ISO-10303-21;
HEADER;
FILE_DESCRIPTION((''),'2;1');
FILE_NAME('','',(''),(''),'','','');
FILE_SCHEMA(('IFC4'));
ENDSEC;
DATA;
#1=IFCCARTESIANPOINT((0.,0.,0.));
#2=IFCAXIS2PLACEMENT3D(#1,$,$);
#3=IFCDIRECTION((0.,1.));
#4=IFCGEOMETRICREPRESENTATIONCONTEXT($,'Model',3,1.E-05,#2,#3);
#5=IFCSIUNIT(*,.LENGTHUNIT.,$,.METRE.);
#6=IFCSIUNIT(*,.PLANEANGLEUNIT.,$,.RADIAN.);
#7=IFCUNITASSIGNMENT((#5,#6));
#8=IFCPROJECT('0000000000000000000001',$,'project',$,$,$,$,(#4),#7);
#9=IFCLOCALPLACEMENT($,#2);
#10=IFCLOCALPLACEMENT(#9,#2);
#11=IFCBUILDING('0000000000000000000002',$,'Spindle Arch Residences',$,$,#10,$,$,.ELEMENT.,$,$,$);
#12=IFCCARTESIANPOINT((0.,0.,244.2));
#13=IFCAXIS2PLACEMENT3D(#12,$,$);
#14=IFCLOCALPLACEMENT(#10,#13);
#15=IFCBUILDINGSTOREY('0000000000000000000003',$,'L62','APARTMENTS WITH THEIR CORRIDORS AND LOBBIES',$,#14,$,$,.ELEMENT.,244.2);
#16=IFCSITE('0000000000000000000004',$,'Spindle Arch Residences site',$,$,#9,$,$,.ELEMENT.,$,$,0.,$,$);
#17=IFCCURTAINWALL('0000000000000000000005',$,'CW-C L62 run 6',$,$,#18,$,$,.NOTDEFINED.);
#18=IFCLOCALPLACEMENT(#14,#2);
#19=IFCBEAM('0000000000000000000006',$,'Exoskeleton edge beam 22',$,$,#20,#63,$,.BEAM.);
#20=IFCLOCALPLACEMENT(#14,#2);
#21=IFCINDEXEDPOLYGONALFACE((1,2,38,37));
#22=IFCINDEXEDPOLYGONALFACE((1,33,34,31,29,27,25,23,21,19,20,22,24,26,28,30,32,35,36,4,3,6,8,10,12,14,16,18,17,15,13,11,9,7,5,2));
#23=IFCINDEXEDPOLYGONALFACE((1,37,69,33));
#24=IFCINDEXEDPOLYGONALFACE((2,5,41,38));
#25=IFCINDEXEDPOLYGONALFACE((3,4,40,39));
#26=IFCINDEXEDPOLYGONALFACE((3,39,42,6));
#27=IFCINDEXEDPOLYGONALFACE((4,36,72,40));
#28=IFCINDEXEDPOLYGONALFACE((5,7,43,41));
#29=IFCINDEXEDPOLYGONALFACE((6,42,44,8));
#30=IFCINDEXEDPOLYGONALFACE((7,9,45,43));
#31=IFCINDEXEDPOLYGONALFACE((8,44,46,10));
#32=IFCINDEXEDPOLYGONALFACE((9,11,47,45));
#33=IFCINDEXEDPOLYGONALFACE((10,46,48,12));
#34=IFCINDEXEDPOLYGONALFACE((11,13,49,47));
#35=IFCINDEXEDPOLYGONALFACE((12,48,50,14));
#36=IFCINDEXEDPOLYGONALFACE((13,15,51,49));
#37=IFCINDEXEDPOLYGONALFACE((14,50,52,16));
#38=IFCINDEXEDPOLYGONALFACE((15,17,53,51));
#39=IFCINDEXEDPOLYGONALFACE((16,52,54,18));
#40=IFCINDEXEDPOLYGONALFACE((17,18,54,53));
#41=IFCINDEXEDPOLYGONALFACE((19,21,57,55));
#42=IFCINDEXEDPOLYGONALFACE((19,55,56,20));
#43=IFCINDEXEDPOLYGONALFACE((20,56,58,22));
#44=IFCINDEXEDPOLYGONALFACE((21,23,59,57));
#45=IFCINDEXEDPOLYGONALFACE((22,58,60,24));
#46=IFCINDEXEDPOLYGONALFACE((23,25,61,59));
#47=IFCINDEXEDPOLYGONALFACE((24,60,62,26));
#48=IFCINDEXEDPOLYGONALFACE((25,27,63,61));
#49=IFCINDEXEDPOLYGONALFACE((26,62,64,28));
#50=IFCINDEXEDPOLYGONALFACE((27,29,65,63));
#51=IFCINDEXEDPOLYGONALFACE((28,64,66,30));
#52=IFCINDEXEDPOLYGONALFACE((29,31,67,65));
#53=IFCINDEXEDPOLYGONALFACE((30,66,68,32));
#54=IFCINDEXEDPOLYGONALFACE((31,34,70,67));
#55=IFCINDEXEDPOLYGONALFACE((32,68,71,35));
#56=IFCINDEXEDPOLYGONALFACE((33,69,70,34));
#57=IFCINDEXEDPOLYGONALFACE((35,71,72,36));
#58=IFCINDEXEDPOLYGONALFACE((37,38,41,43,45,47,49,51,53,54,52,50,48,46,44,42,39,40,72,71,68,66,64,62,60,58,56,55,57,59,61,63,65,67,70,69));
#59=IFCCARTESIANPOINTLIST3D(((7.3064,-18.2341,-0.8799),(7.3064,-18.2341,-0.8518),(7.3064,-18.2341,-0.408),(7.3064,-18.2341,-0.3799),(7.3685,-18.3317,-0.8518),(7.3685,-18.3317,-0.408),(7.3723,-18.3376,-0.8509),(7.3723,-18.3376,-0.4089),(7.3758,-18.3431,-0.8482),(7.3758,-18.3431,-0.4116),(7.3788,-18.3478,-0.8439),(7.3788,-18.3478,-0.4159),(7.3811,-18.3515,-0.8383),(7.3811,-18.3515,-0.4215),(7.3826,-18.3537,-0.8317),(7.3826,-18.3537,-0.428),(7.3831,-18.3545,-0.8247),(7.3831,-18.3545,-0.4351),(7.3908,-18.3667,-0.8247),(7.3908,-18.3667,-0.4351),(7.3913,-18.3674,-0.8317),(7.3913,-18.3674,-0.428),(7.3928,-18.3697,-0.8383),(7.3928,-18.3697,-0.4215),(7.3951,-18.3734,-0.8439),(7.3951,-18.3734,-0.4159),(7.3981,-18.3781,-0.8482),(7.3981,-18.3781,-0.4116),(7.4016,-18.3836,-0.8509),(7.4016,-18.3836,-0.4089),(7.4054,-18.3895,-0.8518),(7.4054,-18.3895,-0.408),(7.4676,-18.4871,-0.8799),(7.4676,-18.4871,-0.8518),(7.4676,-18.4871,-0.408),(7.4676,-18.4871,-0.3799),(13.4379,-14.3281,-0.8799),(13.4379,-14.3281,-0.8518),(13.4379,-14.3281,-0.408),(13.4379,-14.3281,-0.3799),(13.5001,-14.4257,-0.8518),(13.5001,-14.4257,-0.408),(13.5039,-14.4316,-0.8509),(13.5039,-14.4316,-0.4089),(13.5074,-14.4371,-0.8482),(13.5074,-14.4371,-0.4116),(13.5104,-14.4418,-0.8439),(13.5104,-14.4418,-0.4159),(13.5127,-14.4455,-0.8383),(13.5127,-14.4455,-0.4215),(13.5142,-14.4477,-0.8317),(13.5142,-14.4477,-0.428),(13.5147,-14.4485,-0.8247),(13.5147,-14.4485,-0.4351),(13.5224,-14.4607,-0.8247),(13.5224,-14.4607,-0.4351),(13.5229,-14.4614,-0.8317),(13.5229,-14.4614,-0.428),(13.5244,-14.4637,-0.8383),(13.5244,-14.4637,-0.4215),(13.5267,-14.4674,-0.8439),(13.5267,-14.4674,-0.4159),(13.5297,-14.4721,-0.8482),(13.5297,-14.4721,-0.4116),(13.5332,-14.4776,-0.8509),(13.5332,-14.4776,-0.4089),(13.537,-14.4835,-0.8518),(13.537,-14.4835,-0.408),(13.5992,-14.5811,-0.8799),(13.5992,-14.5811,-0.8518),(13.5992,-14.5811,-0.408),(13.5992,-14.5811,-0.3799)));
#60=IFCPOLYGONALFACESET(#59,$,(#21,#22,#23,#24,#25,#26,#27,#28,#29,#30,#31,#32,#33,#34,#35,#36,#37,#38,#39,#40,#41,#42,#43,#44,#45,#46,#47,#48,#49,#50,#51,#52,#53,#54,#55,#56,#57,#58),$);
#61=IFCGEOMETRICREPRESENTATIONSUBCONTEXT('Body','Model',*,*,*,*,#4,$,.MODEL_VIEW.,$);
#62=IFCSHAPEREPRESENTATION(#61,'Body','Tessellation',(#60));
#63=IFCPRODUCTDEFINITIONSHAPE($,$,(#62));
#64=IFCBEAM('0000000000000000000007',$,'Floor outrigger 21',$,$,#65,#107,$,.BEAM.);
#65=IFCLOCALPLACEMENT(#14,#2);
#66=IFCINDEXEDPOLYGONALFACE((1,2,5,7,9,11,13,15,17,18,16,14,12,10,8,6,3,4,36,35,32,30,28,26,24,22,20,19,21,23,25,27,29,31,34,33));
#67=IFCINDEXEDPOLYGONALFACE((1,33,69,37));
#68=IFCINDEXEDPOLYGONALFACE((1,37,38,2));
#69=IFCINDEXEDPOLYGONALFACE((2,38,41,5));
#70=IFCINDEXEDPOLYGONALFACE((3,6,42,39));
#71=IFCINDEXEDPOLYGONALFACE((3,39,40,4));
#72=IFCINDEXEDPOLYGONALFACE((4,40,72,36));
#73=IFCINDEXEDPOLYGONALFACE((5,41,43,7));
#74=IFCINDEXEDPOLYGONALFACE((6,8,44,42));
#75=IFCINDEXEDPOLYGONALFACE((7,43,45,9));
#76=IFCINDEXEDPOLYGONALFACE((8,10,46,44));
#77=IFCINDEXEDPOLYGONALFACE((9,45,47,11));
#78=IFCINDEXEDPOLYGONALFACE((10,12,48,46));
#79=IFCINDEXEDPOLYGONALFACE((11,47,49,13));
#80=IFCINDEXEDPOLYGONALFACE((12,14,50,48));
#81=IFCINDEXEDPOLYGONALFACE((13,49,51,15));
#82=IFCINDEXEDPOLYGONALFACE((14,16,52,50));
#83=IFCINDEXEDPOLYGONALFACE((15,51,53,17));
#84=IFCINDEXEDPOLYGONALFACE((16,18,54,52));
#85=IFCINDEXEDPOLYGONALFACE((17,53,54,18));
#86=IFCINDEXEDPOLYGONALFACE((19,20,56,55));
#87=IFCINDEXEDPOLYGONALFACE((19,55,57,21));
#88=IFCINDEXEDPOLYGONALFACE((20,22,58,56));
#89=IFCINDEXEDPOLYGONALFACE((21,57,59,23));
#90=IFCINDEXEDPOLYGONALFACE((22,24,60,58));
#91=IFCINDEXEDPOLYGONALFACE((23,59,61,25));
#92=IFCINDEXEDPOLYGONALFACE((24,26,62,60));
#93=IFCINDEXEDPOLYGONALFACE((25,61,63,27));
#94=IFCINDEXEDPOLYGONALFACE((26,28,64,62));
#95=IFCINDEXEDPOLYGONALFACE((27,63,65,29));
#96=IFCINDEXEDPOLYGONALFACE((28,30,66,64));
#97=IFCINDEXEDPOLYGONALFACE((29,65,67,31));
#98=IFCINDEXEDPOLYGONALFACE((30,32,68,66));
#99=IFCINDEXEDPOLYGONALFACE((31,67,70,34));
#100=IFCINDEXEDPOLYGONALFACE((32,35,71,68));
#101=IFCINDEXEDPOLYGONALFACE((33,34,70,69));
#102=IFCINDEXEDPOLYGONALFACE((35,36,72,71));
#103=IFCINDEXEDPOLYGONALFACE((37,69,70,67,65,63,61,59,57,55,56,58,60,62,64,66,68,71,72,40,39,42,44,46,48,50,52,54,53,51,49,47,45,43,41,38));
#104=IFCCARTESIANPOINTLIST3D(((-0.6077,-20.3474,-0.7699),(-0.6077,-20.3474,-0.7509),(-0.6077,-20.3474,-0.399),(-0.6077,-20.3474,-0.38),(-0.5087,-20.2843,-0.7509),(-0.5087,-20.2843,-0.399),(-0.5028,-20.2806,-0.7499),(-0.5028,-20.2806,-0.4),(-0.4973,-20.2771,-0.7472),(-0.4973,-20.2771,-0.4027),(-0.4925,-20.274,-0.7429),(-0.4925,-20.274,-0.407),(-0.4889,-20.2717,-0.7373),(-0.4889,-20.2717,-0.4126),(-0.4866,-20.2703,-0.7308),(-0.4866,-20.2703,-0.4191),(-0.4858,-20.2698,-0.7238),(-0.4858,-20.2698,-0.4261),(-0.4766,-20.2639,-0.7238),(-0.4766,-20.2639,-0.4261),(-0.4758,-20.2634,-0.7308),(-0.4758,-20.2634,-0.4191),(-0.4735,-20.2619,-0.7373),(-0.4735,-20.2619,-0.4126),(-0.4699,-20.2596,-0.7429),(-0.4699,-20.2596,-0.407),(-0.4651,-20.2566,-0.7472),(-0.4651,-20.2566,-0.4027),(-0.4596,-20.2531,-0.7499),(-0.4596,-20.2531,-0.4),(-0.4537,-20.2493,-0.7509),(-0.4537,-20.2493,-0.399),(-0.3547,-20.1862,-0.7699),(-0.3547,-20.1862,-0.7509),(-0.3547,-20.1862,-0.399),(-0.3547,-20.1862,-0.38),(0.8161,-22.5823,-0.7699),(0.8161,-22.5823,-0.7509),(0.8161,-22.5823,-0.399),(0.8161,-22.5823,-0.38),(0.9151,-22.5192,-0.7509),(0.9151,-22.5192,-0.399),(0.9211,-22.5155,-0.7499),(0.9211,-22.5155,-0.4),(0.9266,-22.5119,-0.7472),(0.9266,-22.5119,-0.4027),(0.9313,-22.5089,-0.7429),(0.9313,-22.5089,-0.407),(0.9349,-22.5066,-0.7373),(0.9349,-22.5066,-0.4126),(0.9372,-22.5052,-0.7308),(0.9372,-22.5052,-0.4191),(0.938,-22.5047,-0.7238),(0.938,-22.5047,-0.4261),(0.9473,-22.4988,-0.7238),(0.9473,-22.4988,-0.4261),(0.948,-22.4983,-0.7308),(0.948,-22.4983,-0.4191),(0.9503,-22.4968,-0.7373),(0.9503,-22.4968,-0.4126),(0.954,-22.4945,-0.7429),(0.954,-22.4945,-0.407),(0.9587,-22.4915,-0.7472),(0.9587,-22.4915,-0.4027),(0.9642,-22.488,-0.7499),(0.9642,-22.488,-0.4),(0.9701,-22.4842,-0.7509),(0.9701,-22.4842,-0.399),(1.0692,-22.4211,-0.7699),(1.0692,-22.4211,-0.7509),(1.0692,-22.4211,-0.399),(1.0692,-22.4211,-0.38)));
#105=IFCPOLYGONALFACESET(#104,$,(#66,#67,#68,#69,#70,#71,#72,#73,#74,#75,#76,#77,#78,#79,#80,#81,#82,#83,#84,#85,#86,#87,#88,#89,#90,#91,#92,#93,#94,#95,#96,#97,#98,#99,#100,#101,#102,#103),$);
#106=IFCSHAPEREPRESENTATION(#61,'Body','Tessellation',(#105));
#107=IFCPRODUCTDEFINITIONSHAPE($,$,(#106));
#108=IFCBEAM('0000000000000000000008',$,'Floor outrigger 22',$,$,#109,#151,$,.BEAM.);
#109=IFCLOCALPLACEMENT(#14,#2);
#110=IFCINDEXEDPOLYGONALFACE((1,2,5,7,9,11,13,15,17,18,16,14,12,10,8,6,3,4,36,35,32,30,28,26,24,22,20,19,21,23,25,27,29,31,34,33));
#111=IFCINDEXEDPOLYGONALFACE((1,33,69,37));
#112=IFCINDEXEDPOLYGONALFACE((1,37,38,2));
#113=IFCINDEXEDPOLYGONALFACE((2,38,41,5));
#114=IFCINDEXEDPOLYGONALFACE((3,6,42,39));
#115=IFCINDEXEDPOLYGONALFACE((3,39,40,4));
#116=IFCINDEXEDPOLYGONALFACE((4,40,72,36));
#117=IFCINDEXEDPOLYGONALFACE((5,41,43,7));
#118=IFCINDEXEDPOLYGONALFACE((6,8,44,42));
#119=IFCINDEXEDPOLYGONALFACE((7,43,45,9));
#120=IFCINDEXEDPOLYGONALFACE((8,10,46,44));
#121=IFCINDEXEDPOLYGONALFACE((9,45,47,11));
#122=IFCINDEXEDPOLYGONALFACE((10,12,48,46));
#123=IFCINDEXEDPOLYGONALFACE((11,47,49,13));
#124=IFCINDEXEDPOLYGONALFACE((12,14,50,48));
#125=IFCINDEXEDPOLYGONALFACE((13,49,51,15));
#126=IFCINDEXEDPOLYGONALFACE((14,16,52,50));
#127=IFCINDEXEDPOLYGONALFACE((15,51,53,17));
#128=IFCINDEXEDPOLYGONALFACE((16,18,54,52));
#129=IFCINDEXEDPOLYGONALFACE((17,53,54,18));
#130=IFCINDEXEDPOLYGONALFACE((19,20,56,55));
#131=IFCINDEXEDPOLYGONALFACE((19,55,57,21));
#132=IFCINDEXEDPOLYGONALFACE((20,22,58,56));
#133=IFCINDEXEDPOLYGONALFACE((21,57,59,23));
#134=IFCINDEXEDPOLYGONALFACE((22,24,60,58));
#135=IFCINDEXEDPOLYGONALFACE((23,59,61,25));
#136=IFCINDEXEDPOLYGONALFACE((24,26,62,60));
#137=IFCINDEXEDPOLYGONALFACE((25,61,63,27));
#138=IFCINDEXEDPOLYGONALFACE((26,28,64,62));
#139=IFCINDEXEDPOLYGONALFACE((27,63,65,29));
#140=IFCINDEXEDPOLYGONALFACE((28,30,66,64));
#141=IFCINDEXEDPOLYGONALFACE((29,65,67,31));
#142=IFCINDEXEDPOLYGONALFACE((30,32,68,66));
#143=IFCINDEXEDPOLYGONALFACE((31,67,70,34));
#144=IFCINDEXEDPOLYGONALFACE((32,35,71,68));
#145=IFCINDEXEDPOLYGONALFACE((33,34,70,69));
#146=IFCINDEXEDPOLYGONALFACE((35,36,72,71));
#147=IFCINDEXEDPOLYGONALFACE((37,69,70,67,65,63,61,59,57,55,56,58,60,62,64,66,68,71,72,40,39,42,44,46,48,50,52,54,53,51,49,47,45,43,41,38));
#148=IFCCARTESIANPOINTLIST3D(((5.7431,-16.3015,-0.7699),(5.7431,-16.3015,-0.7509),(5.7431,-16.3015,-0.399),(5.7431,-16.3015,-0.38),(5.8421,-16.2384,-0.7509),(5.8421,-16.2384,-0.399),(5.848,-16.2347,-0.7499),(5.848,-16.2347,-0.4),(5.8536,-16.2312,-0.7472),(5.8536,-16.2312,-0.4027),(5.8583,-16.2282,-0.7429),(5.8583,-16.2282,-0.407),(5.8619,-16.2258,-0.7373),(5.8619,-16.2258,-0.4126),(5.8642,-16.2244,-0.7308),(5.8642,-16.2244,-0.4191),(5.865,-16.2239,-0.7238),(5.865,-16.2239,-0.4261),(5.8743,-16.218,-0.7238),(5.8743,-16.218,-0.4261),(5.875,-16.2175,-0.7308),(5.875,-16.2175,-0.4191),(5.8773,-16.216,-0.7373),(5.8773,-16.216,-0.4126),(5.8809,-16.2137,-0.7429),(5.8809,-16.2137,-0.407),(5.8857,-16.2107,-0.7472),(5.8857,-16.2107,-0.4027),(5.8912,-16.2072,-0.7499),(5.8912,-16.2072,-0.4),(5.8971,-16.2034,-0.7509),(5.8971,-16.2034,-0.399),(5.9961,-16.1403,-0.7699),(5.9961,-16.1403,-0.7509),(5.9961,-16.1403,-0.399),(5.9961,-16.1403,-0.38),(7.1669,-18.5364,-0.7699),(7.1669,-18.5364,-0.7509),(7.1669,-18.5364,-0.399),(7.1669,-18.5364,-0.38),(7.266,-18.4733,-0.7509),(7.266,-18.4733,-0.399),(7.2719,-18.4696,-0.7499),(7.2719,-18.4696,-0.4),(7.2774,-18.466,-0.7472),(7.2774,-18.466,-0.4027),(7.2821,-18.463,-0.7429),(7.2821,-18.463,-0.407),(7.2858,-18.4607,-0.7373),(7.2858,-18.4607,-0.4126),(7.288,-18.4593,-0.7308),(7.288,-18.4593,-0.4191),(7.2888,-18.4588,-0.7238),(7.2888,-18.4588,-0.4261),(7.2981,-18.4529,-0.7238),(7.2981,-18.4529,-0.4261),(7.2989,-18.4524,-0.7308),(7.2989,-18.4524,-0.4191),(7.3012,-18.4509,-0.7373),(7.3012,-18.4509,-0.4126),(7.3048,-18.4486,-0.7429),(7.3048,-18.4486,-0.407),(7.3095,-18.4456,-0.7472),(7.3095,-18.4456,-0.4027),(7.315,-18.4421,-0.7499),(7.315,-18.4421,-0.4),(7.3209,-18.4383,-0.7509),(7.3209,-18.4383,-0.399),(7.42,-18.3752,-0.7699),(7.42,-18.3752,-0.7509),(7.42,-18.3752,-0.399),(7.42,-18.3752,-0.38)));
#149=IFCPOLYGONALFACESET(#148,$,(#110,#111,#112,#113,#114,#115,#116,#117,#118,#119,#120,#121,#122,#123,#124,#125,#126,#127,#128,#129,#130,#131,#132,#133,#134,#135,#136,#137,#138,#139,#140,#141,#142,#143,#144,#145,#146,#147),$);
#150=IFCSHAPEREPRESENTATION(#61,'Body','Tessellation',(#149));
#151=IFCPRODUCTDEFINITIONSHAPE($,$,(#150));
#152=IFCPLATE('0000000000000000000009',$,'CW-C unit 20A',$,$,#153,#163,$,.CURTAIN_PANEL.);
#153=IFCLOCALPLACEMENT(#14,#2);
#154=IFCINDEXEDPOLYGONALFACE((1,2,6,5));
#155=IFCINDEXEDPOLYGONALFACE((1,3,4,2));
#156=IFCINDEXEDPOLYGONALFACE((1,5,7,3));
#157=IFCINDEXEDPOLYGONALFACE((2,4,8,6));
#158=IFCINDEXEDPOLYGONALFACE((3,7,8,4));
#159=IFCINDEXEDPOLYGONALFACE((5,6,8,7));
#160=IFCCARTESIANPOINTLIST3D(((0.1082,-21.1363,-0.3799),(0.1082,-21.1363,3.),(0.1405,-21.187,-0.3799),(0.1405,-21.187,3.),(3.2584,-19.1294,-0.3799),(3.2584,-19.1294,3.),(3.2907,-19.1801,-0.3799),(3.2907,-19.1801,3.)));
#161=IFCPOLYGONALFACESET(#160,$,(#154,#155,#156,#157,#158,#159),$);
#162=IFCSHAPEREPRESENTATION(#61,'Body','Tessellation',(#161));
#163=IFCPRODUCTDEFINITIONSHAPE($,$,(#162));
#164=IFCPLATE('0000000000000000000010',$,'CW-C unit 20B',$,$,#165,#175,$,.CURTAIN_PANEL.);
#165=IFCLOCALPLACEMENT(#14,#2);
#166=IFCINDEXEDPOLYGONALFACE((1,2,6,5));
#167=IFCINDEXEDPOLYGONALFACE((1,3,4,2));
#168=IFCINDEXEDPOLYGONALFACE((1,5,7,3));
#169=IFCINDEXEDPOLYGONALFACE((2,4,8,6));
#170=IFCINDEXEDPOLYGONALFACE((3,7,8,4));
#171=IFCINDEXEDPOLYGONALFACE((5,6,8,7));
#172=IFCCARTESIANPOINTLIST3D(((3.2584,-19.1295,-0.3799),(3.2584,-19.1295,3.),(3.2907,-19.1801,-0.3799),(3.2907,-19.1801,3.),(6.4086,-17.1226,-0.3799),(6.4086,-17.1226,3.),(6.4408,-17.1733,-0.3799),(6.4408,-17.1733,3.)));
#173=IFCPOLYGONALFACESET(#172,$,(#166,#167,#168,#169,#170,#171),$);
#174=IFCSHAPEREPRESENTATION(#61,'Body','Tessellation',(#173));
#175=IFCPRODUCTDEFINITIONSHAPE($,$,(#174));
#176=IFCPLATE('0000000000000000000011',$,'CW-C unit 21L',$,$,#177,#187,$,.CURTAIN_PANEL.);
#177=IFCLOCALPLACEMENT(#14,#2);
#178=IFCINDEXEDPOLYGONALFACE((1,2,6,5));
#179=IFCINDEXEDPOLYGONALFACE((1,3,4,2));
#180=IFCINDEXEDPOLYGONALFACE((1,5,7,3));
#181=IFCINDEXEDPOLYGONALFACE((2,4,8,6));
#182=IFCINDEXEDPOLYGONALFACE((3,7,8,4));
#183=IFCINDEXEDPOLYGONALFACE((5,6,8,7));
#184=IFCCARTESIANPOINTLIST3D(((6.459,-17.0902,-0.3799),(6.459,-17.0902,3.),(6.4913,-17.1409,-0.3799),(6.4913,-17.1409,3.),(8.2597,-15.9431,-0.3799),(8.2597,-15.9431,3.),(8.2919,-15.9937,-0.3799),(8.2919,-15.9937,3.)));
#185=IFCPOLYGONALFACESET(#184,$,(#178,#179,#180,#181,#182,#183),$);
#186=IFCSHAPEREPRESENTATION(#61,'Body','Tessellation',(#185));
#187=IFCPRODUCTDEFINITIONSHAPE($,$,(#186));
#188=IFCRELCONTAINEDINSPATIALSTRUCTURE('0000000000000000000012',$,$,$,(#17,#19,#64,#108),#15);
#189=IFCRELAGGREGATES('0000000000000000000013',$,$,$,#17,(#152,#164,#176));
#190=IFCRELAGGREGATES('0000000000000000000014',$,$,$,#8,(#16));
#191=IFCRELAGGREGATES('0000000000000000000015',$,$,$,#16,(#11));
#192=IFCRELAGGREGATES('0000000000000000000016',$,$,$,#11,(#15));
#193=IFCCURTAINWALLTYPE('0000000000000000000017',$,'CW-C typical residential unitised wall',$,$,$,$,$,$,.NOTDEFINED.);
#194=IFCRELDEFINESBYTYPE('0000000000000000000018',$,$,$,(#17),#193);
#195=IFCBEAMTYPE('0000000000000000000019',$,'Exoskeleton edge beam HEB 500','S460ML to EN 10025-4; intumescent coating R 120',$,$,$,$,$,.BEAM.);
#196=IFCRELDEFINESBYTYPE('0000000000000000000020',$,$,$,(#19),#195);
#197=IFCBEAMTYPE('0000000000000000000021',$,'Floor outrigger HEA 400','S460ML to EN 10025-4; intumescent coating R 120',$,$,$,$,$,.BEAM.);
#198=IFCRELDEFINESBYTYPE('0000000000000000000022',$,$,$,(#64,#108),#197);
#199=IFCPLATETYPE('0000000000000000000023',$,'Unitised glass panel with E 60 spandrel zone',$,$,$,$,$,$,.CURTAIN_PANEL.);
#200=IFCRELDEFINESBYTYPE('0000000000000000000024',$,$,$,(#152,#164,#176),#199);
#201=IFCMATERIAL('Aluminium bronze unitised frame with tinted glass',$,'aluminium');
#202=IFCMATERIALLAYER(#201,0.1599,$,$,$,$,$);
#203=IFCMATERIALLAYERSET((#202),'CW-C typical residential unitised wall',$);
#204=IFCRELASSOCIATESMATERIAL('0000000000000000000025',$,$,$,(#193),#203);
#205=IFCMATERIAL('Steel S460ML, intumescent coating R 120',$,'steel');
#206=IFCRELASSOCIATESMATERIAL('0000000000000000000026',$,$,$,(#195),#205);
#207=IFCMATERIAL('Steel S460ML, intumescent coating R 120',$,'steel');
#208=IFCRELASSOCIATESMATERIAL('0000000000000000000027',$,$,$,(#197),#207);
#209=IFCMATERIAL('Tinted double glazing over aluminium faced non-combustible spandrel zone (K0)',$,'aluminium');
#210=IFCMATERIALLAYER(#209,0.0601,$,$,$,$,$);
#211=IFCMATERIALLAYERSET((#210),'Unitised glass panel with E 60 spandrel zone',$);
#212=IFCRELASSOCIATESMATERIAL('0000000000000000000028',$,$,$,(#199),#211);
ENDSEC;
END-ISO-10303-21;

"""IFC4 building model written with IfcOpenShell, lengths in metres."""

from ifc_helpers import new_model, si_unit, direction, frame, origin, origin_2d, place, context, subcontext, project, spatial, rectangle, i_section, extrude, material, layer, layer_set, material_profile, profile_set, type_object, element, aggregate, save


model = new_model("IFC4")

# Units and contexts
model_context = context("Model", 3, precision=1e-05, world=origin(), true_north=direction((0.0, 1.0)))
body_context = subcontext(model_context, "Body", "Model", "MODEL_VIEW")
ifc_project = project(units=[si_unit("LENGTHUNIT", "METRE"), si_unit("PLANEANGLEUNIT", "RADIAN")], contexts=[model_context])

# Site, building, storey
site_placement = place(None, origin())
site = spatial("IfcSite", under=ifc_project, at=site_placement, Name="Spindle Arch Residences site", CompositionType="ELEMENT", RefElevation=0.0)
building_placement = place(site_placement, origin())
building = spatial("IfcBuilding", under=site, at=building_placement, Name="Spindle Arch Residences", CompositionType="ELEMENT")
storey_placement = place(building_placement, frame((0.0, 0.0, 244.2)))
storey = spatial("IfcBuildingStorey", under=building, at=storey_placement, Name="L62", Description="APARTMENTS WITH THEIR CORRIDORS AND LOBBIES", CompositionType="ELEMENT", Elevation=244.2)

# Curtain wall
ifc_material_1 = material(Name="Aluminium bronze unitised frame with tinted glass", Category="aluminium")
ifc_layer_1 = layer(ifc_material_1, 0.1599)
ifc_layer_set_1 = layer_set([ifc_layer_1], Name="CW-C typical residential unitised wall")
curtain_wall_type = type_object("IfcCurtainWallType", Name="CW-C typical residential unitised wall", PredefinedType="NOTDEFINED", material=ifc_layer_set_1)
curtain_wall_placement = place(storey_placement, origin())
curtain_wall = element("IfcCurtainWall", 1, at=curtain_wall_placement, inside=storey, type_object=curtain_wall_type, Name="CW-C L62 run 6", PredefinedType="NOTDEFINED")

# Beams
ifc_material_2 = material(Name="Steel S460ML, intumescent coating R 120", Category="steel")
ifc_material_profile_1 = material_profile(ifc_material_2, i_section(OverallWidth=0.3, OverallDepth=0.5, WebThickness=0.0144, FlangeThickness=0.0281, FilletRadius=0.0271, at=origin_2d()), Name="HEB 500")
ifc_profile_set_1 = profile_set([ifc_material_profile_1], Name="Steel S460ML, intumescent coating R 120")
beam_type_1 = type_object("IfcBeamType", Name="Exoskeleton edge beam HEB 500", Description="S460ML to EN 10025-4; intumescent coating R 120", PredefinedType="BEAM", material=ifc_profile_set_1)
for number, where, z_axis, x_axis, name in (
    (2, (7.387, -18.3606, -0.6299), (0.843407, 0.537275, 0.0), (-0.537275, 0.843407, 0.0), "Exoskeleton edge beam 22"),
):
    element("IfcBeam", number, at=place(storey_placement, frame(where, z_axis=z_axis, x_axis=x_axis)), inside=storey, type_object=beam_type_1, Name=name, PredefinedType="BEAM", context=body_context, shape_type="SweptSolid", body=[
        extrude(i_section(OverallWidth=0.3, OverallDepth=0.5, WebThickness=0.0144, FlangeThickness=0.0281, FilletRadius=0.0271, at=origin_2d()), origin(), (0.0, 0.0, 1.0), 7.27),
    ])
ifc_material_3 = material(Name="Steel S460ML, intumescent coating R 120", Category="steel")
ifc_material_profile_2 = material_profile(ifc_material_3, i_section(OverallWidth=0.3, OverallDepth=0.3899, WebThickness=0.011, FlangeThickness=0.019, FilletRadius=0.0271, at=origin_2d()), Name="HEA 400")
ifc_profile_set_2 = profile_set([ifc_material_profile_2], Name="Steel S460ML, intumescent coating R 120")
beam_type_2 = type_object("IfcBeamType", Name="Floor outrigger HEA 400", Description="S460ML to EN 10025-4; intumescent coating R 120", PredefinedType="BEAM", material=ifc_profile_set_2)
for number, where, z_axis, x_axis, name in (
    (3, (0.9426, -22.5017, -0.575), (-0.537317, 0.843381, 0.0), (-0.843381, -0.537317, 0.0), "Floor outrigger 21"),
    (4, (7.2935, -18.4558, -0.575), (-0.537317, 0.843381, 0.0), (-0.843381, -0.537317, 0.0), "Floor outrigger 22"),
):
    element("IfcBeam", number, at=place(storey_placement, frame(where, z_axis=z_axis, x_axis=x_axis)), inside=storey, type_object=beam_type_2, Name=name, PredefinedType="BEAM", context=body_context, shape_type="SweptSolid", body=[
        extrude(i_section(OverallWidth=0.3, OverallDepth=0.3899, WebThickness=0.011, FlangeThickness=0.019, FilletRadius=0.0271, at=origin_2d()), origin(), (0.0, 0.0, 1.0), 2.6499),
    ])

# Plates
ifc_material_4 = material(Name="Tinted double glazing over aluminium faced non-combustible spandrel zone (K0)", Category="aluminium")
ifc_layer_2 = layer(ifc_material_4, 0.0601)
ifc_layer_set_2 = layer_set([ifc_layer_2], Name="Unitised glass panel with E 60 spandrel zone")
plate_type = type_object("IfcPlateType", Name="Unitised glass panel with E 60 spandrel zone", PredefinedType="CURTAIN_PANEL", material=ifc_layer_set_2)
plate_1_placement = place(storey_placement, frame((1.6995, -20.1582, -0.3799), z_axis=(0.0, 0.0, 1.0), x_axis=(0.843391, 0.5373, 0.0)))
plate_1 = element("IfcPlate", 5, at=plate_1_placement, type_object=plate_type, Name="CW-C unit 20A", PredefinedType="CURTAIN_PANEL", context=body_context, shape_type="SweptSolid", body=[
    extrude(rectangle(XDim=3.7351, YDim=0.0601, at=origin_2d()), origin(), (0.0, 0.0, 1.0), 3.3799),
])
plate_2_placement = place(storey_placement, frame((4.8496, -18.1514, -0.3799), z_axis=(0.0, 0.0, 1.0), x_axis=(0.843391, 0.5373, 0.0)))
plate_2 = element("IfcPlate", 6, at=plate_2_placement, type_object=plate_type, Name="CW-C unit 20B", PredefinedType="CURTAIN_PANEL", context=body_context, shape_type="SweptSolid", body=[
    extrude(rectangle(XDim=3.7351, YDim=0.0601, at=origin_2d()), origin(), (0.0, 0.0, 1.0), 3.3799),
])
plate_3_placement = place(storey_placement, frame((7.3755, -16.542, -0.3799), z_axis=(0.0, 0.0, 1.0), x_axis=(0.843391, 0.5373, 0.0)))
plate_3 = element("IfcPlate", 7, at=plate_3_placement, type_object=plate_type, Name="CW-C unit 21L", PredefinedType="CURTAIN_PANEL", context=body_context, shape_type="SweptSolid", body=[
    extrude(rectangle(XDim=2.135, YDim=0.0601, at=origin_2d()), origin(), (0.0, 0.0, 1.0), 3.3799),
])
aggregate(curtain_wall, [plate_1, plate_2, plate_3])

save(model, "model.ifc")
